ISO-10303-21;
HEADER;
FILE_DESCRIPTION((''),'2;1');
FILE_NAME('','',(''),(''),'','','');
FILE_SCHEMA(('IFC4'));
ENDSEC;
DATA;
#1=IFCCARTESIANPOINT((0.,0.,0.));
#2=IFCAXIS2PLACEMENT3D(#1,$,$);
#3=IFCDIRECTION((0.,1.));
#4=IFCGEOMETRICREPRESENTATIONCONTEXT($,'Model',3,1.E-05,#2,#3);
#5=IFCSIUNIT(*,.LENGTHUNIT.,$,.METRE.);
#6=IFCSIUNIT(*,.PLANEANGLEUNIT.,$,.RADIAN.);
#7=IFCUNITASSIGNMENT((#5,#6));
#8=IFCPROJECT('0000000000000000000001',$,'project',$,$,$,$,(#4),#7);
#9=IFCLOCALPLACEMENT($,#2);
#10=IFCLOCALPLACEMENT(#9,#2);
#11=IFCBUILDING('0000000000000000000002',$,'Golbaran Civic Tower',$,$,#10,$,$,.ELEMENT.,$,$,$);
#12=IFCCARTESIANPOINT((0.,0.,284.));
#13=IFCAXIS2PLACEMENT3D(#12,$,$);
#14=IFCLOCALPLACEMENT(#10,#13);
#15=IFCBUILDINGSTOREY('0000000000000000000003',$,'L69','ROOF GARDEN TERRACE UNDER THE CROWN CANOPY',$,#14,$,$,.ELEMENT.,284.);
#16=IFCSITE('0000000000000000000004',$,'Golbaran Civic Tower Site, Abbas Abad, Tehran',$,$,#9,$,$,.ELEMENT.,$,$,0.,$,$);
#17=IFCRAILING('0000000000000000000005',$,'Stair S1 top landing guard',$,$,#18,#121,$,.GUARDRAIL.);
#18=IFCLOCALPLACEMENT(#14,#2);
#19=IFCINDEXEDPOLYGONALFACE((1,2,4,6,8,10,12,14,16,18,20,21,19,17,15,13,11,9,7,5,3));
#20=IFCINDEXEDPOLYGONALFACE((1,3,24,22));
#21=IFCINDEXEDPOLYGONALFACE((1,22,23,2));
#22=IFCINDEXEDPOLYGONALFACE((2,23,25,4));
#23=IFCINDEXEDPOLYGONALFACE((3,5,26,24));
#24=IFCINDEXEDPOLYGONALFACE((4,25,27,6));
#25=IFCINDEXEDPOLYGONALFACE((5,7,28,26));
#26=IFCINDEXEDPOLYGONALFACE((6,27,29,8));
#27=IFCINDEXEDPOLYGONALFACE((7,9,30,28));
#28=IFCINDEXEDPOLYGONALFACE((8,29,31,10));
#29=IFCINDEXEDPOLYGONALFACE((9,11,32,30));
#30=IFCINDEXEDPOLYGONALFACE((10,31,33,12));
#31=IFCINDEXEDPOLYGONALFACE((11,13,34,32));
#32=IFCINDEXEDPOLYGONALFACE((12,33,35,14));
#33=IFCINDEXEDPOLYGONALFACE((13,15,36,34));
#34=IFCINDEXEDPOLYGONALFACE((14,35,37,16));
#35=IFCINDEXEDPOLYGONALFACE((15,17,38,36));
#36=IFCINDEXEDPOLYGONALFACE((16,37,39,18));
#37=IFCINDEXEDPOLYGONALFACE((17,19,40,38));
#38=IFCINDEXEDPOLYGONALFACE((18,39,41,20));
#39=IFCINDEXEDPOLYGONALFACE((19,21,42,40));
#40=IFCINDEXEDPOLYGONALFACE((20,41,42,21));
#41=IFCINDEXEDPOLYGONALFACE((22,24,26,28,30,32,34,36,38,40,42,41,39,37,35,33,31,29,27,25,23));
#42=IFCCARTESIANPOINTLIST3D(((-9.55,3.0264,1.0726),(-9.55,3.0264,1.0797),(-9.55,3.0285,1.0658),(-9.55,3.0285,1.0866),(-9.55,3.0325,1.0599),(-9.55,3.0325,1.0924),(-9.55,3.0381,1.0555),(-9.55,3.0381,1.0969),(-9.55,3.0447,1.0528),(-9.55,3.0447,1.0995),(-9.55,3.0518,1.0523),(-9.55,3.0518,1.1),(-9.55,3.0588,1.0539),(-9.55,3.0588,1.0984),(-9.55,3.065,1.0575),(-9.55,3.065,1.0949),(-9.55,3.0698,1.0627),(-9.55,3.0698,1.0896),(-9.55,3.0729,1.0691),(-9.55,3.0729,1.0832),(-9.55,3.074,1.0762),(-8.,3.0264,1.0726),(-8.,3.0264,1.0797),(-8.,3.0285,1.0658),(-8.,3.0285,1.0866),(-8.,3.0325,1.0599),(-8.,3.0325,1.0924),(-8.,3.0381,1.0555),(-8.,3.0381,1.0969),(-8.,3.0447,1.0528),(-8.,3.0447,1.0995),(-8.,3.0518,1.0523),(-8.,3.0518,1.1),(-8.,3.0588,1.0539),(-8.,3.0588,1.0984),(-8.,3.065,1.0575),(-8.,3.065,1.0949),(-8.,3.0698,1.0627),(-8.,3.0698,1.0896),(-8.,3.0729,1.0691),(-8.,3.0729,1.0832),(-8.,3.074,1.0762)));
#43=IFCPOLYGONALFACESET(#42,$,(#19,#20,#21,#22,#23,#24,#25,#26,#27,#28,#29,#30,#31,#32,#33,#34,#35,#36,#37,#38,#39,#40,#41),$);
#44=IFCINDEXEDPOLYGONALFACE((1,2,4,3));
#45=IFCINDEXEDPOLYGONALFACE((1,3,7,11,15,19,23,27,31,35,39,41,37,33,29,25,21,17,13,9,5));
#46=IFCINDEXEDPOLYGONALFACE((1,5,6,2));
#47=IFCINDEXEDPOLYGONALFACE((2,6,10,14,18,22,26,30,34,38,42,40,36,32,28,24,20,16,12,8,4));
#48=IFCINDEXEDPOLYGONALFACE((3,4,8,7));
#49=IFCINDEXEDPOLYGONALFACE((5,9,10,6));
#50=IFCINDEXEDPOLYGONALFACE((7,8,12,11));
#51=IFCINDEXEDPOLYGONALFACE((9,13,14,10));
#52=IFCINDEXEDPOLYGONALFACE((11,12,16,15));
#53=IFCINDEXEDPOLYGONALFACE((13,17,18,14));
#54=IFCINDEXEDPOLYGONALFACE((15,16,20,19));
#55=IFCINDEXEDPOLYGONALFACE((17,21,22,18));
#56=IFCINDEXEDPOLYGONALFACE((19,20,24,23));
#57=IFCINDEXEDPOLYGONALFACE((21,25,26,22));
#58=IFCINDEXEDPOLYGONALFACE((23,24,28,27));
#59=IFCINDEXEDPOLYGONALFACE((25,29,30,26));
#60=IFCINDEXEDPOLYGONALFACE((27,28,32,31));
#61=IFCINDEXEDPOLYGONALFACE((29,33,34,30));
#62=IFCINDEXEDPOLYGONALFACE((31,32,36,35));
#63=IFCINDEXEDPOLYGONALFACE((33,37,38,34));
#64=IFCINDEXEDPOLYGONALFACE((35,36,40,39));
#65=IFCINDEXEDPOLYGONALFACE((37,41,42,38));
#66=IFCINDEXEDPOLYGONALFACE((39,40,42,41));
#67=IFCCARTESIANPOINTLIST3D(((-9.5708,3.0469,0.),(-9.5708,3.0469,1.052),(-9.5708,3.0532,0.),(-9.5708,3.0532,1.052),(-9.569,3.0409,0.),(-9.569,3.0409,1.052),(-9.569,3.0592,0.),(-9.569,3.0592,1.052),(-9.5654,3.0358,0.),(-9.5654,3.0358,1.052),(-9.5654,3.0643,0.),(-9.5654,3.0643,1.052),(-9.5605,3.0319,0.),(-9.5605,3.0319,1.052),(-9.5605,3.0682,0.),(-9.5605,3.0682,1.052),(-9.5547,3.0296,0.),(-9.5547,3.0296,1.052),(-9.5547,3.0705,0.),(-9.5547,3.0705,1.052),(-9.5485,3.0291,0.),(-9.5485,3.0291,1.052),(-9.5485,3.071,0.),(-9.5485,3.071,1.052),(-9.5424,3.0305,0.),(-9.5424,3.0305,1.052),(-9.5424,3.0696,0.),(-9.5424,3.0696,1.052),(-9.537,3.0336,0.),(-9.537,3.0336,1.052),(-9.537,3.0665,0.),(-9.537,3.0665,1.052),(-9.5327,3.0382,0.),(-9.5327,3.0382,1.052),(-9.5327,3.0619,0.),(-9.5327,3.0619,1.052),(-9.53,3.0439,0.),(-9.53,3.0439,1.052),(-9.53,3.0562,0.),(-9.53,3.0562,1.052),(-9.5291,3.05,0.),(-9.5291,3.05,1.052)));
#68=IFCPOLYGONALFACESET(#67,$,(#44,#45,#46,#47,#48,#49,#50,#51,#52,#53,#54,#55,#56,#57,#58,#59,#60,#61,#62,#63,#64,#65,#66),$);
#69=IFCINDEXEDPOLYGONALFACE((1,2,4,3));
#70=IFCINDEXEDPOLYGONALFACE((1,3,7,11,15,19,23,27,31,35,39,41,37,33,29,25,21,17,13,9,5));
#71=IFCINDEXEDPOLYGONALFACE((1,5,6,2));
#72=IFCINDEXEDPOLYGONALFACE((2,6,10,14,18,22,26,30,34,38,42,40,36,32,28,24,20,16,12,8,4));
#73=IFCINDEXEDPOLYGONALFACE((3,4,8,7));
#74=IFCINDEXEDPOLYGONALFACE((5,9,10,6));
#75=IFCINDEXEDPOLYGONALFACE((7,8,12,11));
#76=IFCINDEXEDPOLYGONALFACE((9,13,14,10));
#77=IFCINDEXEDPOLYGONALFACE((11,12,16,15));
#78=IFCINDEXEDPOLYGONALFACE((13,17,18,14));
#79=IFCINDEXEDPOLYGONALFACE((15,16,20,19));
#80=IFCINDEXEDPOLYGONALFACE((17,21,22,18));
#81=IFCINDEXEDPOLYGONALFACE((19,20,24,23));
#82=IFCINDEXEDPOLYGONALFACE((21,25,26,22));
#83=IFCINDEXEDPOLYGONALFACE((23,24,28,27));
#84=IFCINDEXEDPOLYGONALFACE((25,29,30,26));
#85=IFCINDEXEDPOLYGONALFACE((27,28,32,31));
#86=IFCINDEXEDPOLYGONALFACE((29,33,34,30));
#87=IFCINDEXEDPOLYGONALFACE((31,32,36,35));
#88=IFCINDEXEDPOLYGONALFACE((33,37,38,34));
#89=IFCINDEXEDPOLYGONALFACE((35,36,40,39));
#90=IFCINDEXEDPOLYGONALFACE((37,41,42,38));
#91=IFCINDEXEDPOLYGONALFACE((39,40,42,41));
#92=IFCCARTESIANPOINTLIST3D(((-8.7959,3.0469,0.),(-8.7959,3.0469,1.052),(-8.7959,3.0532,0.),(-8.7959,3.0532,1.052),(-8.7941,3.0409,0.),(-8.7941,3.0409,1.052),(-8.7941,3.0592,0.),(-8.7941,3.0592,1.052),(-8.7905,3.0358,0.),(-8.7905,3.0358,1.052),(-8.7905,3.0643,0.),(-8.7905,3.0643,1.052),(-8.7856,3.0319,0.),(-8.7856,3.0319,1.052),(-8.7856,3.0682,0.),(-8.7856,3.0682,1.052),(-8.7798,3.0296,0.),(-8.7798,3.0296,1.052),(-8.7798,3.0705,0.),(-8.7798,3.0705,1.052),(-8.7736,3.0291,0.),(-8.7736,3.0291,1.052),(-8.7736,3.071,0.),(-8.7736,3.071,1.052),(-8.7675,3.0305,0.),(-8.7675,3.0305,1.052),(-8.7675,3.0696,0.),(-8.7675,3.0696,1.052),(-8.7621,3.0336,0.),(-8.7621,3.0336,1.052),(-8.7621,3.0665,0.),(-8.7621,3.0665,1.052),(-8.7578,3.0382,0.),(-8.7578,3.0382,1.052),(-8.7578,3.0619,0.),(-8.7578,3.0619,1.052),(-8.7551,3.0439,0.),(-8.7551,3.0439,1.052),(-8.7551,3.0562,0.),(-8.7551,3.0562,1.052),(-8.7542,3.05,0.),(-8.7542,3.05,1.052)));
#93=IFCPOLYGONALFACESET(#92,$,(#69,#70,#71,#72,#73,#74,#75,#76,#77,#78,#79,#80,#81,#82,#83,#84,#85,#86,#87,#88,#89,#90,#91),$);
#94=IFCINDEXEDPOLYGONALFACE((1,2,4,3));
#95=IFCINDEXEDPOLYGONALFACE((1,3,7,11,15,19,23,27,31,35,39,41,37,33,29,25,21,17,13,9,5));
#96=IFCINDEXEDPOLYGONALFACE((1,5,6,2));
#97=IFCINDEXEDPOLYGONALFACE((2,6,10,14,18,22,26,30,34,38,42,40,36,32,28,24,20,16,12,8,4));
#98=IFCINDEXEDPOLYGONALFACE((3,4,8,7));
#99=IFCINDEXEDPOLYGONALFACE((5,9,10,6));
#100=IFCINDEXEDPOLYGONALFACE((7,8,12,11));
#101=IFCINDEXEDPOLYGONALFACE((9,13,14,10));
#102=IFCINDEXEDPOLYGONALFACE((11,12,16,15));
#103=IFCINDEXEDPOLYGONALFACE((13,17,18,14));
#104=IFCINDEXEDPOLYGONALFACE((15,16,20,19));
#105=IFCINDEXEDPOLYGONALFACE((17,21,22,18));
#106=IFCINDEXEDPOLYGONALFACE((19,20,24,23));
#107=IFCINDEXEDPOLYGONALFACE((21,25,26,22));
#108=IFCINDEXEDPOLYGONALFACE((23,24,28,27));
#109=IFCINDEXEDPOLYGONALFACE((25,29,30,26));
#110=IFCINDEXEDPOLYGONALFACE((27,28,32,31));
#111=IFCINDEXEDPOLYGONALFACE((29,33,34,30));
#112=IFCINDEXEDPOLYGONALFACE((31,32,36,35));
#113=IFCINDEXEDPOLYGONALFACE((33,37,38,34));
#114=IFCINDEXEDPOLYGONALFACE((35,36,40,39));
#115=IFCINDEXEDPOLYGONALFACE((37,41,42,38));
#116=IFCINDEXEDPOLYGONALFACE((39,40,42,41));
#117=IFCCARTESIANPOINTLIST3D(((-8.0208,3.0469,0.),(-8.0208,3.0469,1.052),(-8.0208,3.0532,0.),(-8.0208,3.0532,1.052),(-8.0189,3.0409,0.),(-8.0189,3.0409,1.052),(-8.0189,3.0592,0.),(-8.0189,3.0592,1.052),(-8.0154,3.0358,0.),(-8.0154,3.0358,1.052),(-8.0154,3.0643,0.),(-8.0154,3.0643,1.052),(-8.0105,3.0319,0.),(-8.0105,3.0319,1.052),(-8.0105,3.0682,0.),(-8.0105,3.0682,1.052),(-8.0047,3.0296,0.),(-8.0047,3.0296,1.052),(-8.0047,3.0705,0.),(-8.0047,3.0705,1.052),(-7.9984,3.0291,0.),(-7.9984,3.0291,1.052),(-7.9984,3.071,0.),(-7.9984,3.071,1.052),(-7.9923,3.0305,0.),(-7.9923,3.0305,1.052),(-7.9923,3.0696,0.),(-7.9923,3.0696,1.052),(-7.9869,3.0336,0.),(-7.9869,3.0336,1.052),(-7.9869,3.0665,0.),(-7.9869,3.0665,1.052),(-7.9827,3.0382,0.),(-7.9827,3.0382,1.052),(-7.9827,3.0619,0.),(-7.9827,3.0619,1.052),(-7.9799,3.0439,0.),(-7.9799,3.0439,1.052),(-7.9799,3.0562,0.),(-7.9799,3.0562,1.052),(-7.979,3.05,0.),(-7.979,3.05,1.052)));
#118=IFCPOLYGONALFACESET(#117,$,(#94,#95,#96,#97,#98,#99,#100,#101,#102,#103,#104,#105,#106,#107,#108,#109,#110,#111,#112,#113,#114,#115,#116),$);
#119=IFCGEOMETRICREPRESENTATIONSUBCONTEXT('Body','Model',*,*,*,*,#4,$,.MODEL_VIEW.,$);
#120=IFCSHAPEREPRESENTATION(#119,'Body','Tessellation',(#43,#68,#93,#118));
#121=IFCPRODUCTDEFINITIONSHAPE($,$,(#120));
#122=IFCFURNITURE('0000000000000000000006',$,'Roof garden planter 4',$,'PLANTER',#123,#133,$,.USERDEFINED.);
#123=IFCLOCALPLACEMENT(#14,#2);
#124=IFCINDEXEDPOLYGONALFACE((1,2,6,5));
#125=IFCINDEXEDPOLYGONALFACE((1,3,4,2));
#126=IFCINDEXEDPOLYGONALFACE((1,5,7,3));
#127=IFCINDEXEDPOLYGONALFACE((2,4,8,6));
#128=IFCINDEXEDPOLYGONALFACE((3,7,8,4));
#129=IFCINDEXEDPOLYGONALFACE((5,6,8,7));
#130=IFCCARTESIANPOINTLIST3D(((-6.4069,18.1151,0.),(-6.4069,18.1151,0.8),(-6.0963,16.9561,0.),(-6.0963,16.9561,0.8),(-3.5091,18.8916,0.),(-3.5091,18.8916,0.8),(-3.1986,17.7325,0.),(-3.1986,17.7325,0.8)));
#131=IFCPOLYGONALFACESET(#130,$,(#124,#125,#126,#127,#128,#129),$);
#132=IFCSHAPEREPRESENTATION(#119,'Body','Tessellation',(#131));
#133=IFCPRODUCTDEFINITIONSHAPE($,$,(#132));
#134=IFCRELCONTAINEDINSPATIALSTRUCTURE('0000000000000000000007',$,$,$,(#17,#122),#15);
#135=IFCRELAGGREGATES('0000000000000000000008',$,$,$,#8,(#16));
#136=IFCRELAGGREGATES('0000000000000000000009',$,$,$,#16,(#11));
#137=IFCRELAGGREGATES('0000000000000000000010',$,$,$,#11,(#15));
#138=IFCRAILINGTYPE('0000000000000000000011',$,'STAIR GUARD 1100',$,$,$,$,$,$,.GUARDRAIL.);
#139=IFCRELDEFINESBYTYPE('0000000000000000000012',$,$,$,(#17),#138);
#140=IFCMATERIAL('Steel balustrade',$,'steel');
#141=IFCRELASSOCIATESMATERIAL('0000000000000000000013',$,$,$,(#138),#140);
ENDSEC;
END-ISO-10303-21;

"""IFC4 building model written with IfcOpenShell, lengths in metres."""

from ifc_helpers import new_model, si_unit, direction, frame, origin, origin_2d, place, context, subcontext, project, spatial, rectangle, circle, extrude, material, type_object, element, save


model = new_model("IFC4")

# Units and contexts
model_context = context("Model", 3, precision=1e-05, world=origin(), true_north=direction((0.0, 1.0)))
body_context = subcontext(model_context, "Body", "Model", "MODEL_VIEW")
ifc_project = project(units=[si_unit("LENGTHUNIT", "METRE"), si_unit("PLANEANGLEUNIT", "RADIAN")], contexts=[model_context])

# Site, building, storey
site_placement = place(None, origin())
site = spatial("IfcSite", under=ifc_project, at=site_placement, Name="Golbaran Civic Tower Site, Abbas Abad, Tehran", CompositionType="ELEMENT", RefElevation=0.0)
building_placement = place(site_placement, origin())
building = spatial("IfcBuilding", under=site, at=building_placement, Name="Golbaran Civic Tower", CompositionType="ELEMENT")
storey_placement = place(building_placement, frame((0.0, 0.0, 284.0)))
storey = spatial("IfcBuildingStorey", under=building, at=storey_placement, Name="L69", Description="ROOF GARDEN TERRACE UNDER THE CROWN CANOPY", CompositionType="ELEMENT", Elevation=284.0)

# Railing
ifc_material_1 = material(Name="Steel balustrade", Category="steel")
railing_type_1 = type_object("IfcRailingType", Name="STAIR GUARD 1100", PredefinedType="GUARDRAIL", material=ifc_material_1)
railing_1_placement = place(storey_placement, frame((-9.55, 3.05, 0.0)))
element("IfcRailing", 1, at=railing_1_placement, inside=storey, type_object=railing_type_1, Name="Stair S1 top landing guard", PredefinedType="GUARDRAIL", context=body_context, shape_type="SweptSolid", body=[
    extrude(circle(Radius=0.0239, at=origin_2d()), frame((0.0, 0.0, 1.0762), z_axis=(1.0, 0.0, 0.0), x_axis=(0.0, 1.0, 0.0)), (0.0, 0.0, 1.0), 1.55),
    extrude(circle(Radius=0.021, at=origin_2d()), origin(), (0.0, 0.0, 1.0), 1.052),
    extrude(circle(Radius=0.021, at=origin_2d()), frame((0.7749, 0.0, 0.0)), (0.0, 0.0, 1.0), 1.052),
    extrude(circle(Radius=0.021, at=origin_2d()), frame((1.55, 0.0, 0.0)), (0.0, 0.0, 1.0), 1.052),
])

# Furniture
furniture_placement = place(storey_placement, frame((-4.8027, 17.9238, 0.0), z_axis=(0.0, 0.0, 1.0), x_axis=(-0.965926, -0.258819, 0.0)))
element("IfcFurniture", 2, at=furniture_placement, inside=storey, Name="Roof garden planter 4", ObjectType="PLANTER", PredefinedType="USERDEFINED", context=body_context, shape_type="SweptSolid", body=[
    extrude(rectangle(XDim=3.0, YDim=1.2, at=origin_2d()), origin(), (0.0, 0.0, 1.0), 0.8),
])

save(model, "model.ifc")
